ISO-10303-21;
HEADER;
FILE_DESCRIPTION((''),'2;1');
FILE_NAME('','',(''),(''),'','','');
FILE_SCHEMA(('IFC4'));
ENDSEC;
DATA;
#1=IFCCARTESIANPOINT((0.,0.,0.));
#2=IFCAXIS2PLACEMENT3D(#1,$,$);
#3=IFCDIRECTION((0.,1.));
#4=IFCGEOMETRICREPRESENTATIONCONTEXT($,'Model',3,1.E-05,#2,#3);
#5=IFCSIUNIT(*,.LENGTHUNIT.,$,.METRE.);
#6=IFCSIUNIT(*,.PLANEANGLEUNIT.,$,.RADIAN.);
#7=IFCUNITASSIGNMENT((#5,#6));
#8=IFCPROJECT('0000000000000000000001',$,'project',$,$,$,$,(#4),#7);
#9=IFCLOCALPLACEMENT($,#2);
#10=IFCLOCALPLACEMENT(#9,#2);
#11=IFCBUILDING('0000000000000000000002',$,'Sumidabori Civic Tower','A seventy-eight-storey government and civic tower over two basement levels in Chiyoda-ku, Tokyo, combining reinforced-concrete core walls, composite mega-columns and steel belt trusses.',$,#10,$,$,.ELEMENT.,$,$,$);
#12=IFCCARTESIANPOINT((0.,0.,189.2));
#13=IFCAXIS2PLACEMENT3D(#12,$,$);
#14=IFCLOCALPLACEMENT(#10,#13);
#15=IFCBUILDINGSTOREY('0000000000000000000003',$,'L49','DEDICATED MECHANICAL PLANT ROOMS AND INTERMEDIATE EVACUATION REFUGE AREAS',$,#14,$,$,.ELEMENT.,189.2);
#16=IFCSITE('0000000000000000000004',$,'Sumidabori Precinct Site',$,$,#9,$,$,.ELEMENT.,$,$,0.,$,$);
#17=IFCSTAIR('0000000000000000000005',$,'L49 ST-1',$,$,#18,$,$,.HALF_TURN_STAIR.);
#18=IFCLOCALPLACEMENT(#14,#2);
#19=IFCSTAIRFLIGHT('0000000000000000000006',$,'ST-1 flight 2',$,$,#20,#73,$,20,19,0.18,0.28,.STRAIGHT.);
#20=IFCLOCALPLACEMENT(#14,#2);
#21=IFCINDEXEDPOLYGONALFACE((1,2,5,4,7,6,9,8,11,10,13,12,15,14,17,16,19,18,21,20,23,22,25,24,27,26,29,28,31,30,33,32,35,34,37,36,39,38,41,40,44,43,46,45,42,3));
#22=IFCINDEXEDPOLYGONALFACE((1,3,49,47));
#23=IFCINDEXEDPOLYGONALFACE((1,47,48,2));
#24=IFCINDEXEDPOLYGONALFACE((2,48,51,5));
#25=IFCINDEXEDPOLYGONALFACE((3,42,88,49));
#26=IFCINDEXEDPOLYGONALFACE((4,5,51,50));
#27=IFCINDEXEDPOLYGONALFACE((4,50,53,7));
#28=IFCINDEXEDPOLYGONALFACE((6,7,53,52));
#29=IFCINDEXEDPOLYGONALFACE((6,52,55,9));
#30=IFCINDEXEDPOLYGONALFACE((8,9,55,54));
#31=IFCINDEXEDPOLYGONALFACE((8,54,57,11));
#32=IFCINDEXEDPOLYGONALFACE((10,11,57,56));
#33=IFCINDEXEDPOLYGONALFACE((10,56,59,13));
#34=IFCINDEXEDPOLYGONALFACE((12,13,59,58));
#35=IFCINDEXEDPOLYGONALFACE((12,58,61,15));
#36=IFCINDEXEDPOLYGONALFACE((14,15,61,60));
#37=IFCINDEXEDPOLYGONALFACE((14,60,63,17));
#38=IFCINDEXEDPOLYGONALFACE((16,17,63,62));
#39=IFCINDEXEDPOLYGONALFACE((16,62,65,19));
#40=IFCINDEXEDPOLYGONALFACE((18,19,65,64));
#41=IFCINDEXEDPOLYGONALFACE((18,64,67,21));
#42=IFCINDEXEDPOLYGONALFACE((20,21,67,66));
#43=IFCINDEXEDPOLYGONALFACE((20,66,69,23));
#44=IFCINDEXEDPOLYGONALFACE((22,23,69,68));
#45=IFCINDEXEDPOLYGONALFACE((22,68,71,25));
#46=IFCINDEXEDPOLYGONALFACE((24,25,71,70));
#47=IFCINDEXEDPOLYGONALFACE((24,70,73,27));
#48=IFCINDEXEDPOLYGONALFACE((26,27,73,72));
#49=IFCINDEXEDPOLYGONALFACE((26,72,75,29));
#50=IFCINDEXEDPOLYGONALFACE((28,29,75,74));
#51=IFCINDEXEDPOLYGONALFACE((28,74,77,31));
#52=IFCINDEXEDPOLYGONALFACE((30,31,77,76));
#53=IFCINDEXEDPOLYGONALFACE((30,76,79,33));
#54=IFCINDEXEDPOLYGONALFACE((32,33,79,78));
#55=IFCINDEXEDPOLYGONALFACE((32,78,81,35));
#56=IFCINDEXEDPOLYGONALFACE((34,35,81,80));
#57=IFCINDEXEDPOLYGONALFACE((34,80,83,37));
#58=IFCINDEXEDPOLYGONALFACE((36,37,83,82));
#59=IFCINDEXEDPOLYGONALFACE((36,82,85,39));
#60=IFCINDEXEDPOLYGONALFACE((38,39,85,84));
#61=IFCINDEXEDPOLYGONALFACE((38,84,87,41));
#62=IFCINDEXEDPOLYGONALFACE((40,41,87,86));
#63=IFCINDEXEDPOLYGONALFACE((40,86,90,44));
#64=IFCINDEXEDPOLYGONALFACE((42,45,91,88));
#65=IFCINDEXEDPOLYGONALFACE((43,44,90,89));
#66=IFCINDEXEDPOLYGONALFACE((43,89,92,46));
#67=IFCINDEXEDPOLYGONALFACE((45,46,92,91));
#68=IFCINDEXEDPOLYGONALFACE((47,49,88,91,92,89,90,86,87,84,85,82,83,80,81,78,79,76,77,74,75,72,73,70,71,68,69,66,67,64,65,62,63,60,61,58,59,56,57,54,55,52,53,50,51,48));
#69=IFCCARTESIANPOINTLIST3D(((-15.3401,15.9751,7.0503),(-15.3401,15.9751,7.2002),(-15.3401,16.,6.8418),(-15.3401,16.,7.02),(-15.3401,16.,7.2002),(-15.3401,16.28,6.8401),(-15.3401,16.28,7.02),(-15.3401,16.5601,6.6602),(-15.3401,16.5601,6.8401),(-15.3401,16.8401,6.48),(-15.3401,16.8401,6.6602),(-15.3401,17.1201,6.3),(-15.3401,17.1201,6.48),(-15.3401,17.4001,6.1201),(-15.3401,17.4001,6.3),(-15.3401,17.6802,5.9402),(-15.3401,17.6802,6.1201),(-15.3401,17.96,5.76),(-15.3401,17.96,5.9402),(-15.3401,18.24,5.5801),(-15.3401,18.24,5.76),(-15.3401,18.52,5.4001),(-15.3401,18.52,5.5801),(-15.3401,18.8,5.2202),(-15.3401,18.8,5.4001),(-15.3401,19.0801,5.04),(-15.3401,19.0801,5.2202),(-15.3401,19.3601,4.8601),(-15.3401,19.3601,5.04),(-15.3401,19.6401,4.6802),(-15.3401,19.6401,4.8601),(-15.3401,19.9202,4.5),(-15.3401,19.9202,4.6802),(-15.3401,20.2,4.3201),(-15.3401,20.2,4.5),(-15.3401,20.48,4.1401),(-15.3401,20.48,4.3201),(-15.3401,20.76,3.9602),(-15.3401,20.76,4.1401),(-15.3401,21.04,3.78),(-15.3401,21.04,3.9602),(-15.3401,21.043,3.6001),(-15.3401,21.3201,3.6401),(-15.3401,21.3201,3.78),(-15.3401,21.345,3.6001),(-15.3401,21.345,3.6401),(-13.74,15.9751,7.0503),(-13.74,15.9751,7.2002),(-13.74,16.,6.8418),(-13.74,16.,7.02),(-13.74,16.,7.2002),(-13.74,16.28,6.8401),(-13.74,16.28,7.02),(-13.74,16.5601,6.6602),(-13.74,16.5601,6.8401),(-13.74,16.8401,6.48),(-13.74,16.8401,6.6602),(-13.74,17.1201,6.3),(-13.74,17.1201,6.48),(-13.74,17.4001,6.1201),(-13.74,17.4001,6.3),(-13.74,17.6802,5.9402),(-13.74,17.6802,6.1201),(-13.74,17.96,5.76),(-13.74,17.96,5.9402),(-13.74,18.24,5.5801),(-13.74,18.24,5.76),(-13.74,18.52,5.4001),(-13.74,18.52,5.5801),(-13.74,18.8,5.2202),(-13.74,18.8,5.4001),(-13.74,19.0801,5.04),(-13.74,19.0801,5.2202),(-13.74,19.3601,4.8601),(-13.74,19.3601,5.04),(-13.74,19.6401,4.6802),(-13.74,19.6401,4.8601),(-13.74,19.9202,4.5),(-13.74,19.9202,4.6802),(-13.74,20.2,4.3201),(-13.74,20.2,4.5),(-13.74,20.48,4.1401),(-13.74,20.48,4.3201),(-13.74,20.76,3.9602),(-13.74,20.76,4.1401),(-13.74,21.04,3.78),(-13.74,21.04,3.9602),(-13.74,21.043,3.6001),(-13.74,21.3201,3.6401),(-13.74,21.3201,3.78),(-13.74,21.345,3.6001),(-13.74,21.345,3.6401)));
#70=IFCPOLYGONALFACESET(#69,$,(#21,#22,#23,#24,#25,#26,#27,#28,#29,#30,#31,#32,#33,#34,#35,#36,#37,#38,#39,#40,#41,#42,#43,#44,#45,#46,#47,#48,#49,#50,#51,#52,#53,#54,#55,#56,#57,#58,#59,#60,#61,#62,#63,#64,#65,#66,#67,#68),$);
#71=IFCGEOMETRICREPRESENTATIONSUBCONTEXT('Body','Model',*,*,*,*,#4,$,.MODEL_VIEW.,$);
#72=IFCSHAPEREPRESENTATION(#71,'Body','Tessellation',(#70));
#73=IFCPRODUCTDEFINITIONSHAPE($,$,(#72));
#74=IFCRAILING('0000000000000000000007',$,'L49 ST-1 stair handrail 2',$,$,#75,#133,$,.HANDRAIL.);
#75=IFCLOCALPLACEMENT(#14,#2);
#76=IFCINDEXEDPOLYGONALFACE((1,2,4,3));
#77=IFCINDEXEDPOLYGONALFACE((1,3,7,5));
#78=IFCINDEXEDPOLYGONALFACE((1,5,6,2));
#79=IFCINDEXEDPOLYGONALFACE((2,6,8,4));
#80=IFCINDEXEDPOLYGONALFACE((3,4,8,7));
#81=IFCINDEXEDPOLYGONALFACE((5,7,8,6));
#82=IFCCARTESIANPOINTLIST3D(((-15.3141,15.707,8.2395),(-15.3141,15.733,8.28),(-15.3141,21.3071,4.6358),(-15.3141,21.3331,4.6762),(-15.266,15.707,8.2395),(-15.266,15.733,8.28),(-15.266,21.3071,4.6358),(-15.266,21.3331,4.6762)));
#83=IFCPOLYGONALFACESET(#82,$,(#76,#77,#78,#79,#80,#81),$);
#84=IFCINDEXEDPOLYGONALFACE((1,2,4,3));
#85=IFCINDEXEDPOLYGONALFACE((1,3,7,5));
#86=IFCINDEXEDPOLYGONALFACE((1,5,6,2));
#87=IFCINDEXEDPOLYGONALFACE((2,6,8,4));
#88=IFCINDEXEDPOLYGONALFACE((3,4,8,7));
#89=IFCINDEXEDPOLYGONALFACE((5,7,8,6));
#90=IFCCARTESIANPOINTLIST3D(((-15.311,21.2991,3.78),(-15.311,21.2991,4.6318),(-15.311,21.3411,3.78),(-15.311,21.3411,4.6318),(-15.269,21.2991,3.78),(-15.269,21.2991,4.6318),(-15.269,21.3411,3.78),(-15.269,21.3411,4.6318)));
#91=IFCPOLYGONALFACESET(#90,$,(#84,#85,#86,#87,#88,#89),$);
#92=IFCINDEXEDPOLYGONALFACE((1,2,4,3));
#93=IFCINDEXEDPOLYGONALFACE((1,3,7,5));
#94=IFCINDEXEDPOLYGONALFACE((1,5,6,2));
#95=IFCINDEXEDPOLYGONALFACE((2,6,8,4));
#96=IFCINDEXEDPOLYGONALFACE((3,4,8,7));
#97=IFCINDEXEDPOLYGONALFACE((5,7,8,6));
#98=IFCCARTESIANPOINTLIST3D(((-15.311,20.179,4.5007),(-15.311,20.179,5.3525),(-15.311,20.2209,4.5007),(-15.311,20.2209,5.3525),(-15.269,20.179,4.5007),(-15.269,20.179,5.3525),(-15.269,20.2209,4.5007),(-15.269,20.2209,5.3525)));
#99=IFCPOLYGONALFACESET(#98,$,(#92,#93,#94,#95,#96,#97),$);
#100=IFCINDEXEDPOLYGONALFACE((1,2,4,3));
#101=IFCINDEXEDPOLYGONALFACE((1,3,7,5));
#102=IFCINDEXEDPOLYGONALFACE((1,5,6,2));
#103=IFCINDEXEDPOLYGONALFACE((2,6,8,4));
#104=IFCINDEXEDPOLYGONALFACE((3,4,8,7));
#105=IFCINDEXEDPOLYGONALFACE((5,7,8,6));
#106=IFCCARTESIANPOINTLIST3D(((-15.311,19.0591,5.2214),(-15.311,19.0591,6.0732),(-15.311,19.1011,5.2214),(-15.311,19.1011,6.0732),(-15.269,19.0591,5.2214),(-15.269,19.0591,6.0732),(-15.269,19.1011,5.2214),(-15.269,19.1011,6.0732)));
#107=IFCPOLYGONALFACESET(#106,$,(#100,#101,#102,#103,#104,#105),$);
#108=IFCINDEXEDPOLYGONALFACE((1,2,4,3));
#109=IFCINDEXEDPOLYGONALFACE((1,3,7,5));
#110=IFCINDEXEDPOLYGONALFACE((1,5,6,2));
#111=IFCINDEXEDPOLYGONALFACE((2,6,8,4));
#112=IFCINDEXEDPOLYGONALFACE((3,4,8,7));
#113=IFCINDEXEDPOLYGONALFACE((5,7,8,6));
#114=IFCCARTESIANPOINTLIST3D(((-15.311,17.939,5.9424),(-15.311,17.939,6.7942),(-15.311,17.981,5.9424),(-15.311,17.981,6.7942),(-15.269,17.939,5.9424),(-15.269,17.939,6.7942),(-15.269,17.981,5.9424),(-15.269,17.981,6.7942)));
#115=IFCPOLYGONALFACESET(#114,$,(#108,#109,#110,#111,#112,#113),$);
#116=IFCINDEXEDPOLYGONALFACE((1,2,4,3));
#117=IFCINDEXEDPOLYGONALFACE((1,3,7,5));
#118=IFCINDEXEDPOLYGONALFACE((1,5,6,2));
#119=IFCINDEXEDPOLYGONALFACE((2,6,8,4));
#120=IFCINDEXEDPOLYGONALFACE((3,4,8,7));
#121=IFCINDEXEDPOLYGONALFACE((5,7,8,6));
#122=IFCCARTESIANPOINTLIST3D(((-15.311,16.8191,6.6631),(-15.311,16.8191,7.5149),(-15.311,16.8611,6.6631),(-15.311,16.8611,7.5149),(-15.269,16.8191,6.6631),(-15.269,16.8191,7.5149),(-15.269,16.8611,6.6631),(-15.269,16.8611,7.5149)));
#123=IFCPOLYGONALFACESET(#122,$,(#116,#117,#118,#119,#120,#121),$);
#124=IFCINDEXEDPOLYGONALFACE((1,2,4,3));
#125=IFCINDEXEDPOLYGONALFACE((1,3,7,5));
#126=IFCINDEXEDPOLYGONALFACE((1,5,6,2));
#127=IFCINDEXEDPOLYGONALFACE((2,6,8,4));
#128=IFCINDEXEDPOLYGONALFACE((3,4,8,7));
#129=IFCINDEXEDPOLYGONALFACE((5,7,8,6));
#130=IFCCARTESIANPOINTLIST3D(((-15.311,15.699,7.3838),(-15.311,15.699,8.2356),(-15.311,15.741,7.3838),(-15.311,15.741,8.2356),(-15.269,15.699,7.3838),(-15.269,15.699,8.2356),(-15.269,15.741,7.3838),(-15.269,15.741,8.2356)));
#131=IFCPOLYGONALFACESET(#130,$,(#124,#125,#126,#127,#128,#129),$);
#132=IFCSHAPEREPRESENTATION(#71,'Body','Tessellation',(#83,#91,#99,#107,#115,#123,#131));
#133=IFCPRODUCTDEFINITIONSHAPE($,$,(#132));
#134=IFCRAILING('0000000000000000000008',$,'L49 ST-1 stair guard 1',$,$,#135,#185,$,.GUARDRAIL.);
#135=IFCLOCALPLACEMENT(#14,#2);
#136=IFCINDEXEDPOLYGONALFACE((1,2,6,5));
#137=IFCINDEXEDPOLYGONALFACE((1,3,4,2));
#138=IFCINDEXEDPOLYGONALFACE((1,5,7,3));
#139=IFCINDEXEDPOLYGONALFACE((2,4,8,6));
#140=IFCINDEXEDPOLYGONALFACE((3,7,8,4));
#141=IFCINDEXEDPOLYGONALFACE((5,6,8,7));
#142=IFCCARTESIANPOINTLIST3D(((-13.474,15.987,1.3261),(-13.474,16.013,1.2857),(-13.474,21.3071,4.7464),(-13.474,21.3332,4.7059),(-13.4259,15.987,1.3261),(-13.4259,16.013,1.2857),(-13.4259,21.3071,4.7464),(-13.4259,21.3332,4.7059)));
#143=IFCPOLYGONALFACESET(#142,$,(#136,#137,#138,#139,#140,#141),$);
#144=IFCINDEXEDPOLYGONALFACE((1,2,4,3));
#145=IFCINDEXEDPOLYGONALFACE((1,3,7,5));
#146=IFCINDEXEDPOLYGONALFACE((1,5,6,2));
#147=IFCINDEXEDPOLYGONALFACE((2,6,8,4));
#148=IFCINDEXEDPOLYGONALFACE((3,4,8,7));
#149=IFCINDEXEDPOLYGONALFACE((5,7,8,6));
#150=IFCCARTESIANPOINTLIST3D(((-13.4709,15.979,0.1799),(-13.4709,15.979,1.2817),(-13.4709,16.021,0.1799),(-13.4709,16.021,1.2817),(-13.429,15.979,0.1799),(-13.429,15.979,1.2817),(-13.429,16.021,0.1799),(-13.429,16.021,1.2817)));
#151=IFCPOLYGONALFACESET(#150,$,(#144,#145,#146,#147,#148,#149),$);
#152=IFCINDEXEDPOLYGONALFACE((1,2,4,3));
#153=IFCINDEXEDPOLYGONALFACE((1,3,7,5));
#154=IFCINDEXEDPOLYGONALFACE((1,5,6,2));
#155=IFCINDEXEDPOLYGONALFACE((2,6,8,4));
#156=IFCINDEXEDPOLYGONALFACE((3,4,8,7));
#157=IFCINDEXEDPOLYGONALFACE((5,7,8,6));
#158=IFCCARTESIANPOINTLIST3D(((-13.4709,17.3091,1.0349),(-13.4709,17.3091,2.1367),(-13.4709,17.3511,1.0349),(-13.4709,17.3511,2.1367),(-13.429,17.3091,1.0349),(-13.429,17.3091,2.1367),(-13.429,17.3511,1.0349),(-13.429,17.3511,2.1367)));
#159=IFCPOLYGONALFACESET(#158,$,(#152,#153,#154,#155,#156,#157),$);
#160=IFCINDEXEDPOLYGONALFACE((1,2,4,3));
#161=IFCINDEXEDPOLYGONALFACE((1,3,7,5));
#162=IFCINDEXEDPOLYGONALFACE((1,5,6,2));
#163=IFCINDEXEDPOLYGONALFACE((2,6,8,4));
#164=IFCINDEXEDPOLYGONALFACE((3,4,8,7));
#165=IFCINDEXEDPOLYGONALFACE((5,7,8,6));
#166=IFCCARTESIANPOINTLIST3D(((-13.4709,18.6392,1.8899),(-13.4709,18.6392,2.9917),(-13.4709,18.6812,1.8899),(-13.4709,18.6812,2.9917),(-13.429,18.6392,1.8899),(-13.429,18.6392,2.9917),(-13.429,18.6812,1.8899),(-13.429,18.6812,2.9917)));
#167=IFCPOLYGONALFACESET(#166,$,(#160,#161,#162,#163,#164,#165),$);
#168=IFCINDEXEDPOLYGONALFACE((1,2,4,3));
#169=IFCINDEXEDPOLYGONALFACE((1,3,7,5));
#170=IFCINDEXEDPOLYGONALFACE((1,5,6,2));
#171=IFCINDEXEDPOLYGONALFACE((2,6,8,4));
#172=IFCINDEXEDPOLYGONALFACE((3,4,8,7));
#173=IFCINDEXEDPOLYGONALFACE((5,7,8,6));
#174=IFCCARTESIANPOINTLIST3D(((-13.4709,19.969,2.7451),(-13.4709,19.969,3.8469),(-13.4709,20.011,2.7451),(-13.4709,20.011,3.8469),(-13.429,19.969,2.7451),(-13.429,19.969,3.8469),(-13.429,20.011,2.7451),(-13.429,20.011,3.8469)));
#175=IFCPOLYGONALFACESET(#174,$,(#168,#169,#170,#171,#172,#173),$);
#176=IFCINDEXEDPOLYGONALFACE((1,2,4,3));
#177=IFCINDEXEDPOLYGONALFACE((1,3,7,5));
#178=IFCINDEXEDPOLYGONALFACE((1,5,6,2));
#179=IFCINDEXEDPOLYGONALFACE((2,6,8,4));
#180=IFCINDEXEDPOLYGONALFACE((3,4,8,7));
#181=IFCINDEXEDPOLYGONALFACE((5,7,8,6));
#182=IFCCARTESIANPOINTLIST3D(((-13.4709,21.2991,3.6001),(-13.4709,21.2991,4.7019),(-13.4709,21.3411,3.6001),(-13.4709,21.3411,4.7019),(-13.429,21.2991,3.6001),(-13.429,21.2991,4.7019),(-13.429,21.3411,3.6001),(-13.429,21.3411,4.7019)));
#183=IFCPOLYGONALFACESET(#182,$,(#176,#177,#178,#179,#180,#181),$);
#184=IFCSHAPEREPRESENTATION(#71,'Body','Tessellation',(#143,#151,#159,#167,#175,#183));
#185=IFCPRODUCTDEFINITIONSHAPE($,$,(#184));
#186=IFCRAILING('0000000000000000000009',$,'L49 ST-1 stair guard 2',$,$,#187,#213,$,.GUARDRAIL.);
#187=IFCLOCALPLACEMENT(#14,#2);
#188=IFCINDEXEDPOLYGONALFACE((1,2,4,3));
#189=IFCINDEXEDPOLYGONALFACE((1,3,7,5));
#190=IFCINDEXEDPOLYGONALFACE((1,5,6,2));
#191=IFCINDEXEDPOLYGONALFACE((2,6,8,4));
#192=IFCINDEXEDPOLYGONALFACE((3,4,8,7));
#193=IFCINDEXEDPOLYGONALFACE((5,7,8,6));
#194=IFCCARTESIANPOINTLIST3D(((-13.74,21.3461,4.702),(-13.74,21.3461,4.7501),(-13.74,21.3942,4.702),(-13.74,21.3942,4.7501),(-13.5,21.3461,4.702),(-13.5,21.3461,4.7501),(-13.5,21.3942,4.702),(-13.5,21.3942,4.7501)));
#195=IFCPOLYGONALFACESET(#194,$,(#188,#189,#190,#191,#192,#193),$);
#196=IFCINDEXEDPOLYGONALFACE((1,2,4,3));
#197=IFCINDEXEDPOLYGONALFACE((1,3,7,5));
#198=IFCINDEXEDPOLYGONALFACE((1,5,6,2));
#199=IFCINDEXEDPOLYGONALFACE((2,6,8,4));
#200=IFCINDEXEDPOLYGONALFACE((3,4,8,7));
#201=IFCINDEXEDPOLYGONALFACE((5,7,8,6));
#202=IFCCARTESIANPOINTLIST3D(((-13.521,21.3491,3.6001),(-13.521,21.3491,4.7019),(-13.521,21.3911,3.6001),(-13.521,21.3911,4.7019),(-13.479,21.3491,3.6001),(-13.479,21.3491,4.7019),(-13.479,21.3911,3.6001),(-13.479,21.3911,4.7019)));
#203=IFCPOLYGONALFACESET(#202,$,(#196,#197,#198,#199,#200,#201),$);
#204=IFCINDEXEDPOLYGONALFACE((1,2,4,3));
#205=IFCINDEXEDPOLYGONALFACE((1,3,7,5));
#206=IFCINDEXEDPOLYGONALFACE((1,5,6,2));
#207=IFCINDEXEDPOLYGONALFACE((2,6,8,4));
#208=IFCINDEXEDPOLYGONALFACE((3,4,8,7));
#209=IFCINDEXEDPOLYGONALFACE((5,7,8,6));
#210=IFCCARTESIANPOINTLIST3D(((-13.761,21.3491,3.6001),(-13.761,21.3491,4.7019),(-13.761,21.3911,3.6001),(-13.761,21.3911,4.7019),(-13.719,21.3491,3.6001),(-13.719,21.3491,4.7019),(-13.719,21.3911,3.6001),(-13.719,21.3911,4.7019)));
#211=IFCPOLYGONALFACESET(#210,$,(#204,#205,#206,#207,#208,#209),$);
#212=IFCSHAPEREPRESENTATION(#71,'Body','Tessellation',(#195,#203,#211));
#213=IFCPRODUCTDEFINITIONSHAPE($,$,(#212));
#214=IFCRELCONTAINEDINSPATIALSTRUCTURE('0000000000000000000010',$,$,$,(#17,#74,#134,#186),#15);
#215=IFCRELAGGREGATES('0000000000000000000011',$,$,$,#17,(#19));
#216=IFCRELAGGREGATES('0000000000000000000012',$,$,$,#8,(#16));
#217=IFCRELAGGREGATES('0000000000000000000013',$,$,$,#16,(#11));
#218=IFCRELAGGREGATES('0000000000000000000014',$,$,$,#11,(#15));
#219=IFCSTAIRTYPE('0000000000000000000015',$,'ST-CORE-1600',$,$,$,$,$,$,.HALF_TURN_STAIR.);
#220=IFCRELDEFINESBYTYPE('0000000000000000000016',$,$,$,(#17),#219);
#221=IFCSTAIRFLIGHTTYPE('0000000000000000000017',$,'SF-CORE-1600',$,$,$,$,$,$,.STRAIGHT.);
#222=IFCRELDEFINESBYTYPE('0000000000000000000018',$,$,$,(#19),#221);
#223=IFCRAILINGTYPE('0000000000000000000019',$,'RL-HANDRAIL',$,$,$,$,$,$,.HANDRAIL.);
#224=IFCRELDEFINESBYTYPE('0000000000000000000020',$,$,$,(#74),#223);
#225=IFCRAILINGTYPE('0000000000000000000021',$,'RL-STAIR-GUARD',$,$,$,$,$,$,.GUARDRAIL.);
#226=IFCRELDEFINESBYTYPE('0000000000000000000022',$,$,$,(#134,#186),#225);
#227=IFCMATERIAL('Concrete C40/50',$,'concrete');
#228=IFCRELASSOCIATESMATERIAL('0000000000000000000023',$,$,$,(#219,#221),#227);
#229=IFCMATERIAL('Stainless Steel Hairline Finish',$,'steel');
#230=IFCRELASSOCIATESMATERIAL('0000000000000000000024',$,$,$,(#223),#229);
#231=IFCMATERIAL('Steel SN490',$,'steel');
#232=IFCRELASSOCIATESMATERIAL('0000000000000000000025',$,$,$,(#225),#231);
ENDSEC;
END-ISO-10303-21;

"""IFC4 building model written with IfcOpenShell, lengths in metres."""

from ifc_helpers import new_model, si_unit, direction, frame, origin, origin_2d, place, context, subcontext, project, spatial, polyline, rectangle, outline, extrude, source, transform, mapped, material, type_object, element, aggregate, save


model = new_model("IFC4")

# Units and contexts
model_context = context("Model", 3, precision=1e-05, world=origin(), true_north=direction((0.0, 1.0)))
body_context = subcontext(model_context, "Body", "Model", "MODEL_VIEW")
ifc_project = project(units=[si_unit("LENGTHUNIT", "METRE"), si_unit("PLANEANGLEUNIT", "RADIAN")], contexts=[model_context])

# Site, building, storey
site_placement = place(None, origin())
site = spatial("IfcSite", under=ifc_project, at=site_placement, Name="Sumidabori Precinct Site", CompositionType="ELEMENT", RefElevation=0.0)
building_placement = place(site_placement, origin())
building = spatial("IfcBuilding", under=site, at=building_placement, Name="Sumidabori Civic Tower", Description="A seventy-eight-storey government and civic tower over two basement levels in Chiyoda-ku, Tokyo, combining reinforced-concrete core walls, composite mega-columns and steel belt trusses.", CompositionType="ELEMENT")
storey_placement = place(building_placement, frame((0.0, 0.0, 189.2)))
storey = spatial("IfcBuildingStorey", under=building, at=storey_placement, Name="L49", Description="DEDICATED MECHANICAL PLANT ROOMS AND INTERMEDIATE EVACUATION REFUGE AREAS", CompositionType="ELEMENT", Elevation=189.2)

# Shared definitions
ifc_material_1 = material(Name="Steel SN490", Category="steel")

# Stair, stair flight
ifc_material_2 = material(Name="Concrete C40/50", Category="concrete")
stair_type = type_object("IfcStairType", Name="ST-CORE-1600", PredefinedType="HALF_TURN_STAIR", material=ifc_material_2)
stair_placement = place(storey_placement, origin())
stair = element("IfcStair", 1, at=stair_placement, inside=storey, type_object=stair_type, Name="L49 ST-1", PredefinedType="HALF_TURN_STAIR")
stair_flight_type = type_object("IfcStairFlightType", Name="SF-CORE-1600", PredefinedType="STRAIGHT", material=ifc_material_2)
shared_shape_1 = source(origin(), body_context, "Body", "SweptSolid", [
    extrude(outline(polyline([(-0.0249, 0.0), (-0.0249, 0.04), (0.0, 0.04), (0.0, 0.1799), (0.28, 0.1799), (0.28, 0.3601), (0.5601, 0.3601), (0.5601, 0.54), (0.8401, 0.54), (0.8401, 0.72), (1.1201, 0.72), (1.1201, 0.8999), (1.3999, 0.8999), (1.3999, 1.0801), (1.6799, 1.0801), (1.6799, 1.26), (1.96, 1.26), (1.96, 1.4399), (2.24, 1.4399), (2.24, 1.6201), (2.52, 1.6201), (2.52, 1.8), (2.8, 1.8), (2.8, 1.98), (3.0801, 1.98), (3.0801, 2.1599), (3.3601, 2.1599), (3.3601, 2.3401), (3.6399, 2.3401), (3.6399, 2.52), (3.9199, 2.52), (3.9199, 2.7), (4.2, 2.7), (4.2, 2.8799), (4.48, 2.8799), (4.48, 3.0601), (4.76, 3.0601), (4.76, 3.24), (5.04, 3.24), (5.04, 3.4199), (5.3201, 3.4199), (5.3201, 3.6001), (5.345, 3.6001), (5.345, 3.4502), (5.3201, 3.2417), (0.2771, 0.0), (-0.0249, 0.0)])), frame((0.0, 0.8, 0.0), z_axis=(0.0, -1.0, 0.0), x_axis=(1.0, 0.0, 0.0)), (0.0, 0.0, 1.0), 1.6001),
])
stair_flight_placement = place(storey_placement, frame((-14.54, 21.3201, 3.6001), z_axis=(0.0, 0.0, 1.0), x_axis=(0.0, -1.0, 0.0)))
stair_flight = element("IfcStairFlight", 2, at=stair_flight_placement, type_object=stair_flight_type, Name="ST-1 flight 2", NumberOfRisers=20, NumberOfTreads=19, PredefinedType="STRAIGHT", RiserHeight=0.18, TreadLength=0.28, context=body_context, shape_type="MappedRepresentation", body=[
    mapped(shared_shape_1, transform((0.0, 0.0, 0.0), x_axis=(1.0, 0.0, 0.0), y_axis=(0.0, 1.0, 0.0), z_axis=(0.0, 0.0, 1.0), scale=1.0)),
])
aggregate(stair, [stair_flight])

# Railings
ifc_material_3 = material(Name="Stainless Steel Hairline Finish", Category="steel")
railing_type_1 = type_object("IfcRailingType", Name="RL-HANDRAIL", PredefinedType="HANDRAIL", material=ifc_material_3)
railing_1_placement = place(storey_placement, frame((-15.29, 21.3201, 3.78)))
element("IfcRailing", 3, at=railing_1_placement, inside=storey, type_object=railing_type_1, Name="L49 ST-1 stair handrail 2", PredefinedType="HANDRAIL", context=body_context, shape_type="SweptSolid", body=[
    extrude(rectangle(XDim=0.0481, YDim=0.0481, at=origin_2d()), frame((0.0, 0.0, 0.876), z_axis=(0.0, -0.840926, 0.54115), x_axis=(1.0, 0.0, 0.0)), (0.0, 0.0, 1.0), 6.6594),
    extrude(rectangle(XDim=0.042, YDim=0.042, at=origin_2d()), origin(), (0.0, 0.0, 1.0), 0.8518),
    extrude(rectangle(XDim=0.042, YDim=0.042, at=origin_2d()), frame((0.0, -1.1201, 0.7207)), (0.0, 0.0, 1.0), 0.8518),
    extrude(rectangle(XDim=0.042, YDim=0.042, at=origin_2d()), frame((0.0, -2.24, 1.4414)), (0.0, 0.0, 1.0), 0.8518),
    extrude(rectangle(XDim=0.042, YDim=0.042, at=origin_2d()), frame((0.0, -3.3601, 2.1624)), (0.0, 0.0, 1.0), 0.8518),
    extrude(rectangle(XDim=0.042, YDim=0.042, at=origin_2d()), frame((0.0, -4.48, 2.8831)), (0.0, 0.0, 1.0), 0.8518),
    extrude(rectangle(XDim=0.042, YDim=0.042, at=origin_2d()), frame((0.0, -5.6001, 3.6038)), (0.0, 0.0, 1.0), 0.8518),
])
railing_type_2 = type_object("IfcRailingType", Name="RL-STAIR-GUARD", PredefinedType="GUARDRAIL", material=ifc_material_1)
railing_2_placement = place(storey_placement, frame((-13.45, 16.0, 0.1799)))
element("IfcRailing", 4, at=railing_2_placement, inside=storey, type_object=railing_type_2, Name="L49 ST-1 stair guard 1", PredefinedType="GUARDRAIL", context=body_context, shape_type="SweptSolid", body=[
    extrude(rectangle(XDim=0.0481, YDim=0.0481, at=origin_2d()), frame((0.0, 0.0, 1.126), z_axis=(0.0, 0.84117, 0.540771), x_axis=(-1.0, 0.0, 0.0)), (0.0, 0.0, 1.0), 6.3247),
    extrude(rectangle(XDim=0.042, YDim=0.042, at=origin_2d()), origin(), (0.0, 0.0, 1.0), 1.1018),
    extrude(rectangle(XDim=0.042, YDim=0.042, at=origin_2d()), frame((0.0, 1.3301, 0.855)), (0.0, 0.0, 1.0), 1.1018),
    extrude(rectangle(XDim=0.042, YDim=0.042, at=origin_2d()), frame((0.0, 2.6602, 1.71)), (0.0, 0.0, 1.0), 1.1018),
    extrude(rectangle(XDim=0.042, YDim=0.042, at=origin_2d()), frame((0.0, 3.99, 2.5652)), (0.0, 0.0, 1.0), 1.1018),
    extrude(rectangle(XDim=0.042, YDim=0.042, at=origin_2d()), frame((0.0, 5.3201, 3.4202)), (0.0, 0.0, 1.0), 1.1018),
])
railing_3_placement = place(storey_placement, frame((-13.5, 21.3701, 3.6001)))
element("IfcRailing", 5, at=railing_3_placement, inside=storey, type_object=railing_type_2, Name="L49 ST-1 stair guard 2", PredefinedType="GUARDRAIL", context=body_context, shape_type="SweptSolid", body=[
    extrude(rectangle(XDim=0.0481, YDim=0.0481, at=origin_2d()), frame((0.0, 0.0, 1.126), z_axis=(-1.0, 0.0, 0.0), x_axis=(0.0, -1.0, 0.0)), (0.0, 0.0, 1.0), 0.24),
    extrude(rectangle(XDim=0.042, YDim=0.042, at=origin_2d()), origin(), (0.0, 0.0, 1.0), 1.1018),
    extrude(rectangle(XDim=0.042, YDim=0.042, at=origin_2d()), frame((-0.24, 0.0, 0.0)), (0.0, 0.0, 1.0), 1.1018),
])

save(model, "model.ifc")
